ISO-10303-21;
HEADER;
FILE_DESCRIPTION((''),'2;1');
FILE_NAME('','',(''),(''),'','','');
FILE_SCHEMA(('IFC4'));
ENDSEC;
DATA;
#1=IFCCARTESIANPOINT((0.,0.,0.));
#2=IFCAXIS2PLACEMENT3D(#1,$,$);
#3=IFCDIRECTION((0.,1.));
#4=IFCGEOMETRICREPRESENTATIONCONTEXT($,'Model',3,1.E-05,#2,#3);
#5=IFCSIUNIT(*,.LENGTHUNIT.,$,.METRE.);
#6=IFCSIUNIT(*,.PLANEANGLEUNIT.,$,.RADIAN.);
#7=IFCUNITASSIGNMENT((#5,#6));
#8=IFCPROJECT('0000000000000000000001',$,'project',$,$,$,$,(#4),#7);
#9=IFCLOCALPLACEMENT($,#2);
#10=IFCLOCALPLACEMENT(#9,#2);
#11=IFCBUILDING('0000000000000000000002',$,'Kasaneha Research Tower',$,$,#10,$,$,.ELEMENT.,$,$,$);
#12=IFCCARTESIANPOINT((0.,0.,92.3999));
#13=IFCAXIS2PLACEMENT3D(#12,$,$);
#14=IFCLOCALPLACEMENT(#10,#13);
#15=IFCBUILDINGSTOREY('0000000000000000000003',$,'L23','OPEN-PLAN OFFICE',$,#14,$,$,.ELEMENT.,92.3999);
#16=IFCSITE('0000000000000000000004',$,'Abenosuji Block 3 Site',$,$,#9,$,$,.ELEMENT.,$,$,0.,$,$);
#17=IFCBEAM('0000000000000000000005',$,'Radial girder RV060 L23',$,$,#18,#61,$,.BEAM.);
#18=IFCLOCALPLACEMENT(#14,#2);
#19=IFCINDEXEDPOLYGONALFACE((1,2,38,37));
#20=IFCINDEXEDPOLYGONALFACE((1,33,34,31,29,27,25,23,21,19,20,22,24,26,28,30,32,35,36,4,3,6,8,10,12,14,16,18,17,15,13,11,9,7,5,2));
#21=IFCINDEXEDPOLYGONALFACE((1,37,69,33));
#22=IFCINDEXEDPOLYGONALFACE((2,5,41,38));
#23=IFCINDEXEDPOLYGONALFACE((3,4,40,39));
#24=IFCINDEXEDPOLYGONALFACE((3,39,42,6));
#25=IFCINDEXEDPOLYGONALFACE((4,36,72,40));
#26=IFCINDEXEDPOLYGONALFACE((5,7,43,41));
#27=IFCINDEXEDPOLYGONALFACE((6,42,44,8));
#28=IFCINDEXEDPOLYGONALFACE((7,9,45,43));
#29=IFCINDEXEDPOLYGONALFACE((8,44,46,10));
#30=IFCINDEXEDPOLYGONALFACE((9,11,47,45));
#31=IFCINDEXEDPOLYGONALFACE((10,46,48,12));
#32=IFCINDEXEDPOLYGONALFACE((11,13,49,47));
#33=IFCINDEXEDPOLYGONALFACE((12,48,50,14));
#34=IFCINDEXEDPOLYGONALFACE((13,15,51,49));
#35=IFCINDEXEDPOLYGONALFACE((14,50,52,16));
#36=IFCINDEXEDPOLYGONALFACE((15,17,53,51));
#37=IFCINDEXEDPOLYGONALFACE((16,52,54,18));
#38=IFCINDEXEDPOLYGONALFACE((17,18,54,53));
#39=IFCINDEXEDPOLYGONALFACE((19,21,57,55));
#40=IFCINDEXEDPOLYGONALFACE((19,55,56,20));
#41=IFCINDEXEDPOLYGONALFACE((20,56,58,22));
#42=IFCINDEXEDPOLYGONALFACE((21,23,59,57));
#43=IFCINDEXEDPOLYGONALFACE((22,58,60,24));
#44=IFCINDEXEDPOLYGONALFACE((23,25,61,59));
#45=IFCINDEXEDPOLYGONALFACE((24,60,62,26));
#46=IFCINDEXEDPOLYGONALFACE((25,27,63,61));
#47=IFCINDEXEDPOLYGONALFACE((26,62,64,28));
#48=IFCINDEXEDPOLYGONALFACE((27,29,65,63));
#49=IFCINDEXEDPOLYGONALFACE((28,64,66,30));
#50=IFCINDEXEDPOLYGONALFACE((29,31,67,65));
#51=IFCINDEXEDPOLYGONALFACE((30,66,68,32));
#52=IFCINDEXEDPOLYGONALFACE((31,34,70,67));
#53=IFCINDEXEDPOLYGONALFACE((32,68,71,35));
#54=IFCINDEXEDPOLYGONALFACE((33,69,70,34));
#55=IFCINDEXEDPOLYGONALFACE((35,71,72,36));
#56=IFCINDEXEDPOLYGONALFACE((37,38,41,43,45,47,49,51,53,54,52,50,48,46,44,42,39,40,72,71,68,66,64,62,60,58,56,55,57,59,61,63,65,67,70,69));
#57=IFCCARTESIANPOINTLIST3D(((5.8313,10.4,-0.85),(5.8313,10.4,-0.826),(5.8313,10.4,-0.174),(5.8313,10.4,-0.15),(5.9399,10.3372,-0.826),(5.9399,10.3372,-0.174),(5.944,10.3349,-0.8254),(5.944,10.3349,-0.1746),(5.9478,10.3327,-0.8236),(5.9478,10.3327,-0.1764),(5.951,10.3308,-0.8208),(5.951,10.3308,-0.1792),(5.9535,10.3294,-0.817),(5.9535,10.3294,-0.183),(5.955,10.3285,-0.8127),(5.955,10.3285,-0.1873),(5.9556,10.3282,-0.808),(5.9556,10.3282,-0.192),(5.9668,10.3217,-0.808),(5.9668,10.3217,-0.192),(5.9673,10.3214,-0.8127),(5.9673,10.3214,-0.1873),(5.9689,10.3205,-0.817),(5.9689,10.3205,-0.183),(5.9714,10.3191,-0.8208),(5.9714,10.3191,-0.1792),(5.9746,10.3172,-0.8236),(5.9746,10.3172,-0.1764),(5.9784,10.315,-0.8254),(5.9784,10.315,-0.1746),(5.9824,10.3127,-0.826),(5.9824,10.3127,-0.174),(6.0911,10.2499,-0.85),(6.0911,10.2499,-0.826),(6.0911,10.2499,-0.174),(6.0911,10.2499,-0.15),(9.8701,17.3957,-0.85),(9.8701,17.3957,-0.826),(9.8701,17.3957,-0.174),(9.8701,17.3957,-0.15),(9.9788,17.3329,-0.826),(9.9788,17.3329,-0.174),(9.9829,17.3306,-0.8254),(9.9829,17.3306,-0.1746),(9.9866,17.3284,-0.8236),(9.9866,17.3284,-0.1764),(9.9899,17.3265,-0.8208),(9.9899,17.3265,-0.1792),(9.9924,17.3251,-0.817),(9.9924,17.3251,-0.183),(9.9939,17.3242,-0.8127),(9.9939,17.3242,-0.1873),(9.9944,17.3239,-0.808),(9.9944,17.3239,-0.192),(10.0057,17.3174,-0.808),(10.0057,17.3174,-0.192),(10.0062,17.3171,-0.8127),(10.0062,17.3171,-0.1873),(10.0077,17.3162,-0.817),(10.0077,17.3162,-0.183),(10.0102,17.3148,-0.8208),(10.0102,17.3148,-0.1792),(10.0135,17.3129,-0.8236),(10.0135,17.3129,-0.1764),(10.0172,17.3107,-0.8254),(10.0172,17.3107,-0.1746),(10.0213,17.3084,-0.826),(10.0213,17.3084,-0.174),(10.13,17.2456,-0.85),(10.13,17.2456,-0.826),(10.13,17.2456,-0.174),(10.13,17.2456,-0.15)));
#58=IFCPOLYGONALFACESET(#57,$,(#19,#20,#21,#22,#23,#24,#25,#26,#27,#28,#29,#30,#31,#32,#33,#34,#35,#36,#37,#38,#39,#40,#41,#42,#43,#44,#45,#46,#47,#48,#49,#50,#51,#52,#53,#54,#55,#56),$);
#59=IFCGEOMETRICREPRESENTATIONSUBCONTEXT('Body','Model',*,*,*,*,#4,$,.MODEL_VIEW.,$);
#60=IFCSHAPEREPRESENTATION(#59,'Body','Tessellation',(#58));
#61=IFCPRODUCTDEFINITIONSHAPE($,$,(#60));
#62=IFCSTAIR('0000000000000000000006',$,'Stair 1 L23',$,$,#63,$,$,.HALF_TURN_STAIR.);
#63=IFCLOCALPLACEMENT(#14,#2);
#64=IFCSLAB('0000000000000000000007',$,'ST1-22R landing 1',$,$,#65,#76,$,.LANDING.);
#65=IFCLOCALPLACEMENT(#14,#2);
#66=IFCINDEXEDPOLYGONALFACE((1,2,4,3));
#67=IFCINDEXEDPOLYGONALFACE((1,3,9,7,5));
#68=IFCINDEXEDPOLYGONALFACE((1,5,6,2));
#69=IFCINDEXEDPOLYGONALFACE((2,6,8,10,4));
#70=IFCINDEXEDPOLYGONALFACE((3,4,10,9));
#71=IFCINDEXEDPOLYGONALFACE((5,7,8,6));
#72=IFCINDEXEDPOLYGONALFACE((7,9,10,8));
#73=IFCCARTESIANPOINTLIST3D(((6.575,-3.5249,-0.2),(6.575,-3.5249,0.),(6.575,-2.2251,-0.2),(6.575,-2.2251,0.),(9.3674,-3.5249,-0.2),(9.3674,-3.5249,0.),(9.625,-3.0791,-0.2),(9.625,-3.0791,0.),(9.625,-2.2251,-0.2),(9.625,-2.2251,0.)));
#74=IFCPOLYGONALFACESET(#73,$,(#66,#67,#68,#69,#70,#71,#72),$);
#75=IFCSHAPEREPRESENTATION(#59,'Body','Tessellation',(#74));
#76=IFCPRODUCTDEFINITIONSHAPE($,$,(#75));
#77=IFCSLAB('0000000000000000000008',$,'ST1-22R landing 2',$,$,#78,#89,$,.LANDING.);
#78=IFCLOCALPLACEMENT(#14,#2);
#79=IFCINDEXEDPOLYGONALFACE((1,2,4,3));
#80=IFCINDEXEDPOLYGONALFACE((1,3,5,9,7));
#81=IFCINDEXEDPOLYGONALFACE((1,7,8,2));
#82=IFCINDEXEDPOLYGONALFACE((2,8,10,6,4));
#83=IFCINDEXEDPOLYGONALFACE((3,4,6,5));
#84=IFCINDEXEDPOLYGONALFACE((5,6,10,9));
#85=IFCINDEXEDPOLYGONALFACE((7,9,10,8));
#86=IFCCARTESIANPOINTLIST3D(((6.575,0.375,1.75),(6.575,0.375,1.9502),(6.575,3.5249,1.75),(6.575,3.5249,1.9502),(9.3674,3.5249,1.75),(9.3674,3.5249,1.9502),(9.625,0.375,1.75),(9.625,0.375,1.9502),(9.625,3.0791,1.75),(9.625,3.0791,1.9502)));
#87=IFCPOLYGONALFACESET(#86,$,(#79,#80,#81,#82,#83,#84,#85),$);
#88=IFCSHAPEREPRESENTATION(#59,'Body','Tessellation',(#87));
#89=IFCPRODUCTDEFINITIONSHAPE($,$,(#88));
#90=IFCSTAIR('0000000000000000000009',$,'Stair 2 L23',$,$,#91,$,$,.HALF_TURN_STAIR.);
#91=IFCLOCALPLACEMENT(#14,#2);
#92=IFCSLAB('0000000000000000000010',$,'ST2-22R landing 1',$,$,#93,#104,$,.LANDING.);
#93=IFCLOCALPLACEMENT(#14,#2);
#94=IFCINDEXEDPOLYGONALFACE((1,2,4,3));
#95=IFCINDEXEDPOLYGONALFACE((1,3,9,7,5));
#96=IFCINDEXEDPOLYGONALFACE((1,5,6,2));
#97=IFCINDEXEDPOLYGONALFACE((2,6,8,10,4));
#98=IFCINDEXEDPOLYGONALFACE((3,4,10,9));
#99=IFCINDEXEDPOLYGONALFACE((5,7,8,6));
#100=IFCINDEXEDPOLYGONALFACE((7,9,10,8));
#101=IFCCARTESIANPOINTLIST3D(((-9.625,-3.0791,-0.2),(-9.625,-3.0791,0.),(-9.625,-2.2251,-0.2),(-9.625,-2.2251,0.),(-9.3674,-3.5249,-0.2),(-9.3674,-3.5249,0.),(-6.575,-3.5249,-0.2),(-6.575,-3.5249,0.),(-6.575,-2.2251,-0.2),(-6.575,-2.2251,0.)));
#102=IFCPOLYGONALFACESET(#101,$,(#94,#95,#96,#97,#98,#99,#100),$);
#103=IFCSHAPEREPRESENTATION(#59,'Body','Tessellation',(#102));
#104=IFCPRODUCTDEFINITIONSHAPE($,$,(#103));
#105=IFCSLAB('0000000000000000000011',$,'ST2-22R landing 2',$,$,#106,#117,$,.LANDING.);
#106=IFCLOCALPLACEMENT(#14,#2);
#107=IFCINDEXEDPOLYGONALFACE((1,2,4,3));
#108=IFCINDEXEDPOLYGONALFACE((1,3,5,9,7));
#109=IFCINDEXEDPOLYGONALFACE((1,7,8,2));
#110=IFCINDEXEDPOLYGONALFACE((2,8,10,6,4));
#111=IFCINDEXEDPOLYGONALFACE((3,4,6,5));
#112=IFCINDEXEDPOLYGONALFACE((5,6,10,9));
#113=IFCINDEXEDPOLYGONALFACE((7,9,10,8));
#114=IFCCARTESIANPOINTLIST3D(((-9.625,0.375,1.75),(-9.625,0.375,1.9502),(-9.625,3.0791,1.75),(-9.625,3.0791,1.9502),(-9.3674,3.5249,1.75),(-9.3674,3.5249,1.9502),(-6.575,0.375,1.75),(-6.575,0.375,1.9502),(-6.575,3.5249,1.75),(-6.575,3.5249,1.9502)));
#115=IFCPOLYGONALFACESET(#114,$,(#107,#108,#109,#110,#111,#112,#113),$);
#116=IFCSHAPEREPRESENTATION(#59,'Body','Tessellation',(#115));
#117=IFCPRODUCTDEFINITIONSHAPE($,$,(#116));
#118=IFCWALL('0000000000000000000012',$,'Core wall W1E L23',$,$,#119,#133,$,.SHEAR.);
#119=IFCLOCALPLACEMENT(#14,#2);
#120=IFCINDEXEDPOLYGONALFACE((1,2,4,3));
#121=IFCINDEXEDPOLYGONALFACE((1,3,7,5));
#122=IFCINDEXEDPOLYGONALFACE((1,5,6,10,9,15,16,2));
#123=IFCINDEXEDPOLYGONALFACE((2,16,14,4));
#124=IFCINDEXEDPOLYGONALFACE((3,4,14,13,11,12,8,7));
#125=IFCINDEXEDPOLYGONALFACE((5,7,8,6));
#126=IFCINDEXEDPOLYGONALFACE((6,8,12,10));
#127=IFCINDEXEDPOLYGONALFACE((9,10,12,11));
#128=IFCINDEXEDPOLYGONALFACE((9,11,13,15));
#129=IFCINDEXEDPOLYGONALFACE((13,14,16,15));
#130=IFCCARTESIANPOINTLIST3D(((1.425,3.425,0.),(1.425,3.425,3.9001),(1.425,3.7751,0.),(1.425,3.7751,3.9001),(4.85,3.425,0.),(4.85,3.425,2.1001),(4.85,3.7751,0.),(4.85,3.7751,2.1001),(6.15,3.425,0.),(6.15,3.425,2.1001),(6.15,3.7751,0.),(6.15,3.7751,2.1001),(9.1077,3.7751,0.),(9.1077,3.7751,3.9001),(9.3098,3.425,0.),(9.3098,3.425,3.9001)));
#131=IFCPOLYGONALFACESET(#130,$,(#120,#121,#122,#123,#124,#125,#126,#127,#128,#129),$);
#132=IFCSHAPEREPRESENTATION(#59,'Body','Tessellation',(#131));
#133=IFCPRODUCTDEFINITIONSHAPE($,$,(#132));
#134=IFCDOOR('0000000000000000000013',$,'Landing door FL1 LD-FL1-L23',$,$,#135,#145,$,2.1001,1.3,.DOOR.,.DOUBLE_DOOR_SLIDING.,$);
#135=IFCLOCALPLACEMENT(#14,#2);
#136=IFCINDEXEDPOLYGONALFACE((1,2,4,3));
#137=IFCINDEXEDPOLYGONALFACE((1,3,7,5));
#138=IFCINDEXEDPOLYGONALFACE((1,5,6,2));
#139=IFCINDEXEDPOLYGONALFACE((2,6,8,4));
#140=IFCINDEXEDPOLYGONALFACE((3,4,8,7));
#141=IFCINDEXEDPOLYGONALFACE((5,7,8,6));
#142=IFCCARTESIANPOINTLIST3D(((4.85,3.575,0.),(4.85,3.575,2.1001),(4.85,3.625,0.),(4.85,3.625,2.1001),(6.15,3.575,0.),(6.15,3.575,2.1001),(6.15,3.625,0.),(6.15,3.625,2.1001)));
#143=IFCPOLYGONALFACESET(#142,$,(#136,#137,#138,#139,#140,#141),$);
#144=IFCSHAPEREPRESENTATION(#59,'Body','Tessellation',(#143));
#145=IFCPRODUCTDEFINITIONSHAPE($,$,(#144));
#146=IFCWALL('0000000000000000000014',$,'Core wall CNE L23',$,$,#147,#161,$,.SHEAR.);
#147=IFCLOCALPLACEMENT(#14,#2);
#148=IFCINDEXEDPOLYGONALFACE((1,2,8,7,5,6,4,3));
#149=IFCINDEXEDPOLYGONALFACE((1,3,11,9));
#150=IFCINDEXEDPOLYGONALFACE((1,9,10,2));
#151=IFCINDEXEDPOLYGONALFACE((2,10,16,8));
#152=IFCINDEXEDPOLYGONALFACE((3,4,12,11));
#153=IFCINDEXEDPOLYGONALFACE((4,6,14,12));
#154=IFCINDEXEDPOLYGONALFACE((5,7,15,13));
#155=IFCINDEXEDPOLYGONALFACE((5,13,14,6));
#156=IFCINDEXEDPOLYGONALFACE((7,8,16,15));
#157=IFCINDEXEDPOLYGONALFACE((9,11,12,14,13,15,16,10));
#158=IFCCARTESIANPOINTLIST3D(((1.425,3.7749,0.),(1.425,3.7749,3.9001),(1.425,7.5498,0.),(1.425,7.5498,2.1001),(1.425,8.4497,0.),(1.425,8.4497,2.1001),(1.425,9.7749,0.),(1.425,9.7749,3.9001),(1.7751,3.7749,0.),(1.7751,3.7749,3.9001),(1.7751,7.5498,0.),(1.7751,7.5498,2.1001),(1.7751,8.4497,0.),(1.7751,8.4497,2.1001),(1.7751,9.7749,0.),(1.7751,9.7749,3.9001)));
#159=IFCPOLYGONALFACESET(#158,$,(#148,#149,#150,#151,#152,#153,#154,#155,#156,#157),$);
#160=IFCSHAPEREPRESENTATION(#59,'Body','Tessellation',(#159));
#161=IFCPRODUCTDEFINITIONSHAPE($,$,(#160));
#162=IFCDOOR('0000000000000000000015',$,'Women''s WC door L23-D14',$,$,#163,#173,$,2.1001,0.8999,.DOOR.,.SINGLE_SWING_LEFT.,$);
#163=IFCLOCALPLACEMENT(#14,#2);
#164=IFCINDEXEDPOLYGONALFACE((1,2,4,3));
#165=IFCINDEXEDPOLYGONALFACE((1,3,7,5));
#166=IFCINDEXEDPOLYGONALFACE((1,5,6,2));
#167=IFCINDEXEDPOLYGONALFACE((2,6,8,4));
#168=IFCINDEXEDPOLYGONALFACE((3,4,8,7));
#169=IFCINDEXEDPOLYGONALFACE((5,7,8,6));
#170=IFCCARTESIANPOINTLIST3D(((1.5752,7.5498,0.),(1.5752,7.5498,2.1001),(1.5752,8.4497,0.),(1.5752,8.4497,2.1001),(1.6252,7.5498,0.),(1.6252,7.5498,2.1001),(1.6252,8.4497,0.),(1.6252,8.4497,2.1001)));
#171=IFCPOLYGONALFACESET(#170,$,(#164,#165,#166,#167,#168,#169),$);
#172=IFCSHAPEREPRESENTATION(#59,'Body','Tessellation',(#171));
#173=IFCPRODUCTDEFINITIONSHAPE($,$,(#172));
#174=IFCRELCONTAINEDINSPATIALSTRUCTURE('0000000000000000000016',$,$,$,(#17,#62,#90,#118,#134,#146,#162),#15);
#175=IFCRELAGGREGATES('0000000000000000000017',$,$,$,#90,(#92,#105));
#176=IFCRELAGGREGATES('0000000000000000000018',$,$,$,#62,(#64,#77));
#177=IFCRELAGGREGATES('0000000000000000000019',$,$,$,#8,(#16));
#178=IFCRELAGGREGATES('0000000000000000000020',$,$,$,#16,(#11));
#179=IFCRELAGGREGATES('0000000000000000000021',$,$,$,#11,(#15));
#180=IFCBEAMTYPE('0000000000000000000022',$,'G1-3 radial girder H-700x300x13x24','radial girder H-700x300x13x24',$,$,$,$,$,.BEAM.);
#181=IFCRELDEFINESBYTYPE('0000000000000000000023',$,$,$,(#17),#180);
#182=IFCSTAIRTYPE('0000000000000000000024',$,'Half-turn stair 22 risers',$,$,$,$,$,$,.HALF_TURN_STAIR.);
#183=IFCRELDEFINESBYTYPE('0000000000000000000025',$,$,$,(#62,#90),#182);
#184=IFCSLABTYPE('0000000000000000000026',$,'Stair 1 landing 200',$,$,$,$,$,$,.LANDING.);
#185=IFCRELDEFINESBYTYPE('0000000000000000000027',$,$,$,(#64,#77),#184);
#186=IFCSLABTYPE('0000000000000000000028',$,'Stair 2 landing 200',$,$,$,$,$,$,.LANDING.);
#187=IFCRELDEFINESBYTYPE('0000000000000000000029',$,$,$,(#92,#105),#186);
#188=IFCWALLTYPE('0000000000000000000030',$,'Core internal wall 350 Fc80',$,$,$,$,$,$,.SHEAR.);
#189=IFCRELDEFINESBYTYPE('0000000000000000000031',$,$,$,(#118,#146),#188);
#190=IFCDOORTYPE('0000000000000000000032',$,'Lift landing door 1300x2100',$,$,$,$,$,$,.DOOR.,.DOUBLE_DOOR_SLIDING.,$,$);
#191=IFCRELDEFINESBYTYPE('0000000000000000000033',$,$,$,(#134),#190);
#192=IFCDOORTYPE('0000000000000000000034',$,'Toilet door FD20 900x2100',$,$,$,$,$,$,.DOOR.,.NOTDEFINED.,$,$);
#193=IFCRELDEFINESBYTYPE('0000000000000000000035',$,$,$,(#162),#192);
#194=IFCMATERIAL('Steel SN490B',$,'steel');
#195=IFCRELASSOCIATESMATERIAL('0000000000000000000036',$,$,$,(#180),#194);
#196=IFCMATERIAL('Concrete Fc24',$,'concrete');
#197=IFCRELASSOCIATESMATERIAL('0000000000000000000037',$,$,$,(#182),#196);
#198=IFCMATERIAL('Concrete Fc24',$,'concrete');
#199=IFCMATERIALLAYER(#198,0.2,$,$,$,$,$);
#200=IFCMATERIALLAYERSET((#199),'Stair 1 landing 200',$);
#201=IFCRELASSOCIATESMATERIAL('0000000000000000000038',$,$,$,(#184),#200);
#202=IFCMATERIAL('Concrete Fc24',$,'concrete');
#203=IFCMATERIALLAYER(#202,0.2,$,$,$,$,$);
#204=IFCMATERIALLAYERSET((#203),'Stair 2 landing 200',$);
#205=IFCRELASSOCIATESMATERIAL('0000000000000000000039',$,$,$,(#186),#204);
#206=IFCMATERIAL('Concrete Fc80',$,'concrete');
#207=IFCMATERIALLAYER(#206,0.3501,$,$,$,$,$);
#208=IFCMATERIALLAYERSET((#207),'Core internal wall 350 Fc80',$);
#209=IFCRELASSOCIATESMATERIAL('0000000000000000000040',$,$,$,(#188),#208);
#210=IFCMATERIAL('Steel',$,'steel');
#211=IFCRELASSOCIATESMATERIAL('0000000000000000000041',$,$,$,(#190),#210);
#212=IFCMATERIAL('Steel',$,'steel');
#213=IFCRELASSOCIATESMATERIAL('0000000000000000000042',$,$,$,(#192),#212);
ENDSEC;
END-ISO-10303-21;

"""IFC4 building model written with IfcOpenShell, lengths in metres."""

from ifc_helpers import new_model, si_unit, direction, frame, frame_2d, origin, origin_2d, place, context, subcontext, project, spatial, polyline, rectangle, i_section, outline, extrude, material, layer, layer_set, material_profile, profile_set, type_object, element, fill, aggregate, save


model = new_model("IFC4")

# Units and contexts
model_context = context("Model", 3, precision=1e-05, world=origin(), true_north=direction((0.0, 1.0)))
body_context = subcontext(model_context, "Body", "Model", "MODEL_VIEW")
ifc_project = project(units=[si_unit("LENGTHUNIT", "METRE"), si_unit("PLANEANGLEUNIT", "RADIAN")], contexts=[model_context])

# Site, building, storey
site_placement = place(None, origin())
site = spatial("IfcSite", under=ifc_project, at=site_placement, Name="Abenosuji Block 3 Site", CompositionType="ELEMENT", RefElevation=0.0)
building_placement = place(site_placement, origin())
building = spatial("IfcBuilding", under=site, at=building_placement, Name="Kasaneha Research Tower", CompositionType="ELEMENT")
storey_placement = place(building_placement, frame((0.0, 0.0, 92.3999)))
storey = spatial("IfcBuildingStorey", under=building, at=storey_placement, Name="L23", Description="OPEN-PLAN OFFICE", CompositionType="ELEMENT", Elevation=92.3999)

# Beam
ifc_material_1 = material(Name="Steel SN490B", Category="steel")
ifc_material_profile = material_profile(ifc_material_1, i_section(OverallWidth=0.3, OverallDepth=0.7, WebThickness=0.0129, FlangeThickness=0.0239, FilletRadius=0.0181, at=origin_2d()), Name="H-700x300x13x24")
ifc_profile_set = profile_set([ifc_material_profile], Name="Steel SN490B")
beam_type = type_object("IfcBeamType", Name="G1-3 radial girder H-700x300x13x24", Description="radial girder H-700x300x13x24", PredefinedType="BEAM", material=ifc_profile_set)
beam_placement = place(storey_placement, frame((5.9612, 10.325, -0.5), z_axis=(0.499991, 0.866031, 0.0), x_axis=(-0.866031, 0.499991, 0.0)))
element("IfcBeam", 1, at=beam_placement, inside=storey, type_object=beam_type, Name="Radial girder RV060 L23", PredefinedType="BEAM", context=body_context, shape_type="SweptSolid", body=[
    extrude(i_section(OverallWidth=0.3, OverallDepth=0.7, WebThickness=0.0129, FlangeThickness=0.0239, FilletRadius=0.0181, at=origin_2d()), origin(), (0.0, 0.0, 1.0), 8.0779),
])

# Stairs, slabs
ifc_material_2 = material(Name="Concrete Fc24", Category="concrete")
stair_type = type_object("IfcStairType", Name="Half-turn stair 22 risers", PredefinedType="HALF_TURN_STAIR", material=ifc_material_2)
stair_1_placement = place(storey_placement, origin())
stair_1 = element("IfcStair", 2, at=stair_1_placement, inside=storey, type_object=stair_type, Name="Stair 1 L23", PredefinedType="HALF_TURN_STAIR")
ifc_material_3 = material(Name="Concrete Fc24", Category="concrete")
ifc_layer_1 = layer(ifc_material_3, 0.2)
ifc_layer_set_1 = layer_set([ifc_layer_1], Name="Stair 1 landing 200")
slab_type_1 = type_object("IfcSlabType", Name="Stair 1 landing 200", PredefinedType="LANDING", material=ifc_layer_set_1)
slab_1_placement = place(storey_placement, frame((0.0, 0.0, -0.2)))
slab_1 = element("IfcSlab", 3, at=slab_1_placement, type_object=slab_type_1, Name="ST1-22R landing 1", PredefinedType="LANDING", context=body_context, shape_type="SweptSolid", body=[
    extrude(outline(polyline([(9.3674, -3.5249), (6.575, -3.5249), (6.575, -2.2251), (9.625, -2.2251), (9.625, -3.0791), (9.3674, -3.5249)])), origin(), (0.0, 0.0, 1.0), 0.2),
])
slab_2_placement = place(storey_placement, frame((0.0, 0.0, 1.75)))
slab_2 = element("IfcSlab", 4, at=slab_2_placement, type_object=slab_type_1, Name="ST1-22R landing 2", PredefinedType="LANDING", context=body_context, shape_type="SweptSolid", body=[
    extrude(outline(polyline([(6.575, 3.5249), (9.3674, 3.5249), (9.625, 3.0791), (9.625, 0.375), (6.575, 0.375), (6.575, 3.5249)])), origin(), (0.0, 0.0, 1.0), 0.2002),
])
stair_2_placement = place(storey_placement, origin())
stair_2 = element("IfcStair", 5, at=stair_2_placement, inside=storey, type_object=stair_type, Name="Stair 2 L23", PredefinedType="HALF_TURN_STAIR")
ifc_material_4 = material(Name="Concrete Fc24", Category="concrete")
ifc_layer_2 = layer(ifc_material_4, 0.2)
ifc_layer_set_2 = layer_set([ifc_layer_2], Name="Stair 2 landing 200")
slab_type_2 = type_object("IfcSlabType", Name="Stair 2 landing 200", PredefinedType="LANDING", material=ifc_layer_set_2)
slab_3_placement = place(storey_placement, frame((0.0, 0.0, -0.2)))
slab_3 = element("IfcSlab", 6, at=slab_3_placement, type_object=slab_type_2, Name="ST2-22R landing 1", PredefinedType="LANDING", context=body_context, shape_type="SweptSolid", body=[
    extrude(outline(polyline([(-6.575, -3.5249), (-9.3674, -3.5249), (-9.625, -3.0791), (-9.625, -2.2251), (-6.575, -2.2251), (-6.575, -3.5249)])), origin(), (0.0, 0.0, 1.0), 0.2),
])
slab_4_placement = place(storey_placement, frame((0.0, 0.0, 1.75)))
slab_4 = element("IfcSlab", 7, at=slab_4_placement, type_object=slab_type_2, Name="ST2-22R landing 2", PredefinedType="LANDING", context=body_context, shape_type="SweptSolid", body=[
    extrude(outline(polyline([(-6.575, 0.375), (-9.625, 0.375), (-9.625, 3.0791), (-9.3674, 3.5249), (-6.575, 3.5249), (-6.575, 0.375)])), origin(), (0.0, 0.0, 1.0), 0.2002),
])
aggregate(stair_2, [slab_3, slab_4])

# Walls, openings, doors
ifc_material_5 = material(Name="Concrete Fc80", Category="concrete")
ifc_layer_3 = layer(ifc_material_5, 0.3501)
ifc_layer_set_3 = layer_set([ifc_layer_3], Name="Core internal wall 350 Fc80")
wall_type_1 = type_object("IfcWallType", Name="Core internal wall 350 Fc80", PredefinedType="SHEAR", material=ifc_layer_set_3)
wall_1_placement = place(storey_placement, frame((1.425, 3.6001, 0.0), z_axis=(0.0, 0.0, 1.0), x_axis=(1.0, 0.0, 0.0)))
wall_1 = element("IfcWall", 8, at=wall_1_placement, inside=storey, type_object=wall_type_1, Name="Core wall W1E L23", PredefinedType="SHEAR", context=body_context, shape_type="SweptSolid", body=[
    extrude(outline(polyline([(0.0, -0.175), (3.425, -0.175), (4.7251, -0.175), (7.8848, -0.175), (7.6826, 0.175), (4.7251, 0.175), (3.425, 0.175), (0.0, 0.175), (0.0, -0.175)])), origin(), (0.0, 0.0, 1.0), 3.9001),
])
opening_1_placement = place(wall_1_placement, frame((3.425, 0.0, 0.0)))
opening_1 = element("IfcOpeningElement", 9, at=opening_1_placement, cuts=wall_1, PredefinedType="OPENING", context=body_context, shape_type="SweptSolid", body=[
    extrude(rectangle(XDim=1.3, YDim=2.1001, at=frame_2d((0.6499, 1.05))), frame((0.0, 0.1851, 0.0), z_axis=(0.0, -1.0, 0.0), x_axis=(1.0, 0.0, 0.0)), (0.0, 0.0, 1.0), 0.3701),
])
ifc_material_6 = material(Name="Steel", Category="steel")
door_type_1 = type_object("IfcDoorType", Name="Lift landing door 1300x2100", OperationType="DOUBLE_DOOR_SLIDING", PredefinedType="DOOR", material=ifc_material_6)
door_1_placement = place(opening_1_placement, origin())
door_1 = element("IfcDoor", 10, at=door_1_placement, inside=storey, type_object=door_type_1, Name="Landing door FL1 LD-FL1-L23", OperationType="DOUBLE_DOOR_SLIDING", OverallHeight=2.1001, OverallWidth=1.3, PredefinedType="DOOR", context=body_context, shape_type="SweptSolid", body=[
    extrude(rectangle(XDim=1.3, YDim=2.1001, at=frame_2d((0.6499, 1.05))), frame((0.0, 0.0249, 0.0), z_axis=(0.0, -1.0, 0.0), x_axis=(1.0, 0.0, 0.0)), (0.0, 0.0, 1.0), 0.05),
])
fill(opening_1, door_1)
wall_2_placement = place(storey_placement, frame((1.6001, 3.7749, 0.0), z_axis=(0.0, 0.0, 1.0), x_axis=(0.0, 1.0, 0.0)))
wall_2 = element("IfcWall", 11, at=wall_2_placement, inside=storey, type_object=wall_type_1, Name="Core wall CNE L23", PredefinedType="SHEAR", context=body_context, shape_type="SweptSolid", body=[
    extrude(rectangle(XDim=6.0, YDim=0.3501, at=frame_2d((3.0, 0.0))), origin(), (0.0, 0.0, 1.0), 3.9001),
])
opening_2_placement = place(wall_2_placement, frame((3.7749, 0.0, 0.0)))
opening_2 = element("IfcOpeningElement", 12, at=opening_2_placement, cuts=wall_2, PredefinedType="OPENING", context=body_context, shape_type="SweptSolid", body=[
    extrude(rectangle(XDim=0.8999, YDim=2.1001, at=frame_2d((0.45, 1.05))), frame((0.0, 0.1851, 0.0), z_axis=(0.0, -1.0, 0.0), x_axis=(1.0, 0.0, 0.0)), (0.0, 0.0, 1.0), 0.3701),
])
ifc_material_7 = material(Name="Steel", Category="steel")
door_type_2 = type_object("IfcDoorType", Name="Toilet door FD20 900x2100", OperationType="NOTDEFINED", PredefinedType="DOOR", material=ifc_material_7)
door_2_placement = place(opening_2_placement, origin())
door_2 = element("IfcDoor", 13, at=door_2_placement, inside=storey, type_object=door_type_2, Name="Women's WC door L23-D14", OperationType="SINGLE_SWING_LEFT", OverallHeight=2.1001, OverallWidth=0.8999, PredefinedType="DOOR", context=body_context, shape_type="SweptSolid", body=[
    extrude(rectangle(XDim=0.8999, YDim=2.1001, at=frame_2d((0.45, 1.05))), frame((0.0, 0.0249, 0.0), z_axis=(0.0, -1.0, 0.0), x_axis=(1.0, 0.0, 0.0)), (0.0, 0.0, 1.0), 0.05),
])
fill(opening_2, door_2)

aggregate(stair_1, [slab_1, slab_2])

save(model, "model.ifc")
